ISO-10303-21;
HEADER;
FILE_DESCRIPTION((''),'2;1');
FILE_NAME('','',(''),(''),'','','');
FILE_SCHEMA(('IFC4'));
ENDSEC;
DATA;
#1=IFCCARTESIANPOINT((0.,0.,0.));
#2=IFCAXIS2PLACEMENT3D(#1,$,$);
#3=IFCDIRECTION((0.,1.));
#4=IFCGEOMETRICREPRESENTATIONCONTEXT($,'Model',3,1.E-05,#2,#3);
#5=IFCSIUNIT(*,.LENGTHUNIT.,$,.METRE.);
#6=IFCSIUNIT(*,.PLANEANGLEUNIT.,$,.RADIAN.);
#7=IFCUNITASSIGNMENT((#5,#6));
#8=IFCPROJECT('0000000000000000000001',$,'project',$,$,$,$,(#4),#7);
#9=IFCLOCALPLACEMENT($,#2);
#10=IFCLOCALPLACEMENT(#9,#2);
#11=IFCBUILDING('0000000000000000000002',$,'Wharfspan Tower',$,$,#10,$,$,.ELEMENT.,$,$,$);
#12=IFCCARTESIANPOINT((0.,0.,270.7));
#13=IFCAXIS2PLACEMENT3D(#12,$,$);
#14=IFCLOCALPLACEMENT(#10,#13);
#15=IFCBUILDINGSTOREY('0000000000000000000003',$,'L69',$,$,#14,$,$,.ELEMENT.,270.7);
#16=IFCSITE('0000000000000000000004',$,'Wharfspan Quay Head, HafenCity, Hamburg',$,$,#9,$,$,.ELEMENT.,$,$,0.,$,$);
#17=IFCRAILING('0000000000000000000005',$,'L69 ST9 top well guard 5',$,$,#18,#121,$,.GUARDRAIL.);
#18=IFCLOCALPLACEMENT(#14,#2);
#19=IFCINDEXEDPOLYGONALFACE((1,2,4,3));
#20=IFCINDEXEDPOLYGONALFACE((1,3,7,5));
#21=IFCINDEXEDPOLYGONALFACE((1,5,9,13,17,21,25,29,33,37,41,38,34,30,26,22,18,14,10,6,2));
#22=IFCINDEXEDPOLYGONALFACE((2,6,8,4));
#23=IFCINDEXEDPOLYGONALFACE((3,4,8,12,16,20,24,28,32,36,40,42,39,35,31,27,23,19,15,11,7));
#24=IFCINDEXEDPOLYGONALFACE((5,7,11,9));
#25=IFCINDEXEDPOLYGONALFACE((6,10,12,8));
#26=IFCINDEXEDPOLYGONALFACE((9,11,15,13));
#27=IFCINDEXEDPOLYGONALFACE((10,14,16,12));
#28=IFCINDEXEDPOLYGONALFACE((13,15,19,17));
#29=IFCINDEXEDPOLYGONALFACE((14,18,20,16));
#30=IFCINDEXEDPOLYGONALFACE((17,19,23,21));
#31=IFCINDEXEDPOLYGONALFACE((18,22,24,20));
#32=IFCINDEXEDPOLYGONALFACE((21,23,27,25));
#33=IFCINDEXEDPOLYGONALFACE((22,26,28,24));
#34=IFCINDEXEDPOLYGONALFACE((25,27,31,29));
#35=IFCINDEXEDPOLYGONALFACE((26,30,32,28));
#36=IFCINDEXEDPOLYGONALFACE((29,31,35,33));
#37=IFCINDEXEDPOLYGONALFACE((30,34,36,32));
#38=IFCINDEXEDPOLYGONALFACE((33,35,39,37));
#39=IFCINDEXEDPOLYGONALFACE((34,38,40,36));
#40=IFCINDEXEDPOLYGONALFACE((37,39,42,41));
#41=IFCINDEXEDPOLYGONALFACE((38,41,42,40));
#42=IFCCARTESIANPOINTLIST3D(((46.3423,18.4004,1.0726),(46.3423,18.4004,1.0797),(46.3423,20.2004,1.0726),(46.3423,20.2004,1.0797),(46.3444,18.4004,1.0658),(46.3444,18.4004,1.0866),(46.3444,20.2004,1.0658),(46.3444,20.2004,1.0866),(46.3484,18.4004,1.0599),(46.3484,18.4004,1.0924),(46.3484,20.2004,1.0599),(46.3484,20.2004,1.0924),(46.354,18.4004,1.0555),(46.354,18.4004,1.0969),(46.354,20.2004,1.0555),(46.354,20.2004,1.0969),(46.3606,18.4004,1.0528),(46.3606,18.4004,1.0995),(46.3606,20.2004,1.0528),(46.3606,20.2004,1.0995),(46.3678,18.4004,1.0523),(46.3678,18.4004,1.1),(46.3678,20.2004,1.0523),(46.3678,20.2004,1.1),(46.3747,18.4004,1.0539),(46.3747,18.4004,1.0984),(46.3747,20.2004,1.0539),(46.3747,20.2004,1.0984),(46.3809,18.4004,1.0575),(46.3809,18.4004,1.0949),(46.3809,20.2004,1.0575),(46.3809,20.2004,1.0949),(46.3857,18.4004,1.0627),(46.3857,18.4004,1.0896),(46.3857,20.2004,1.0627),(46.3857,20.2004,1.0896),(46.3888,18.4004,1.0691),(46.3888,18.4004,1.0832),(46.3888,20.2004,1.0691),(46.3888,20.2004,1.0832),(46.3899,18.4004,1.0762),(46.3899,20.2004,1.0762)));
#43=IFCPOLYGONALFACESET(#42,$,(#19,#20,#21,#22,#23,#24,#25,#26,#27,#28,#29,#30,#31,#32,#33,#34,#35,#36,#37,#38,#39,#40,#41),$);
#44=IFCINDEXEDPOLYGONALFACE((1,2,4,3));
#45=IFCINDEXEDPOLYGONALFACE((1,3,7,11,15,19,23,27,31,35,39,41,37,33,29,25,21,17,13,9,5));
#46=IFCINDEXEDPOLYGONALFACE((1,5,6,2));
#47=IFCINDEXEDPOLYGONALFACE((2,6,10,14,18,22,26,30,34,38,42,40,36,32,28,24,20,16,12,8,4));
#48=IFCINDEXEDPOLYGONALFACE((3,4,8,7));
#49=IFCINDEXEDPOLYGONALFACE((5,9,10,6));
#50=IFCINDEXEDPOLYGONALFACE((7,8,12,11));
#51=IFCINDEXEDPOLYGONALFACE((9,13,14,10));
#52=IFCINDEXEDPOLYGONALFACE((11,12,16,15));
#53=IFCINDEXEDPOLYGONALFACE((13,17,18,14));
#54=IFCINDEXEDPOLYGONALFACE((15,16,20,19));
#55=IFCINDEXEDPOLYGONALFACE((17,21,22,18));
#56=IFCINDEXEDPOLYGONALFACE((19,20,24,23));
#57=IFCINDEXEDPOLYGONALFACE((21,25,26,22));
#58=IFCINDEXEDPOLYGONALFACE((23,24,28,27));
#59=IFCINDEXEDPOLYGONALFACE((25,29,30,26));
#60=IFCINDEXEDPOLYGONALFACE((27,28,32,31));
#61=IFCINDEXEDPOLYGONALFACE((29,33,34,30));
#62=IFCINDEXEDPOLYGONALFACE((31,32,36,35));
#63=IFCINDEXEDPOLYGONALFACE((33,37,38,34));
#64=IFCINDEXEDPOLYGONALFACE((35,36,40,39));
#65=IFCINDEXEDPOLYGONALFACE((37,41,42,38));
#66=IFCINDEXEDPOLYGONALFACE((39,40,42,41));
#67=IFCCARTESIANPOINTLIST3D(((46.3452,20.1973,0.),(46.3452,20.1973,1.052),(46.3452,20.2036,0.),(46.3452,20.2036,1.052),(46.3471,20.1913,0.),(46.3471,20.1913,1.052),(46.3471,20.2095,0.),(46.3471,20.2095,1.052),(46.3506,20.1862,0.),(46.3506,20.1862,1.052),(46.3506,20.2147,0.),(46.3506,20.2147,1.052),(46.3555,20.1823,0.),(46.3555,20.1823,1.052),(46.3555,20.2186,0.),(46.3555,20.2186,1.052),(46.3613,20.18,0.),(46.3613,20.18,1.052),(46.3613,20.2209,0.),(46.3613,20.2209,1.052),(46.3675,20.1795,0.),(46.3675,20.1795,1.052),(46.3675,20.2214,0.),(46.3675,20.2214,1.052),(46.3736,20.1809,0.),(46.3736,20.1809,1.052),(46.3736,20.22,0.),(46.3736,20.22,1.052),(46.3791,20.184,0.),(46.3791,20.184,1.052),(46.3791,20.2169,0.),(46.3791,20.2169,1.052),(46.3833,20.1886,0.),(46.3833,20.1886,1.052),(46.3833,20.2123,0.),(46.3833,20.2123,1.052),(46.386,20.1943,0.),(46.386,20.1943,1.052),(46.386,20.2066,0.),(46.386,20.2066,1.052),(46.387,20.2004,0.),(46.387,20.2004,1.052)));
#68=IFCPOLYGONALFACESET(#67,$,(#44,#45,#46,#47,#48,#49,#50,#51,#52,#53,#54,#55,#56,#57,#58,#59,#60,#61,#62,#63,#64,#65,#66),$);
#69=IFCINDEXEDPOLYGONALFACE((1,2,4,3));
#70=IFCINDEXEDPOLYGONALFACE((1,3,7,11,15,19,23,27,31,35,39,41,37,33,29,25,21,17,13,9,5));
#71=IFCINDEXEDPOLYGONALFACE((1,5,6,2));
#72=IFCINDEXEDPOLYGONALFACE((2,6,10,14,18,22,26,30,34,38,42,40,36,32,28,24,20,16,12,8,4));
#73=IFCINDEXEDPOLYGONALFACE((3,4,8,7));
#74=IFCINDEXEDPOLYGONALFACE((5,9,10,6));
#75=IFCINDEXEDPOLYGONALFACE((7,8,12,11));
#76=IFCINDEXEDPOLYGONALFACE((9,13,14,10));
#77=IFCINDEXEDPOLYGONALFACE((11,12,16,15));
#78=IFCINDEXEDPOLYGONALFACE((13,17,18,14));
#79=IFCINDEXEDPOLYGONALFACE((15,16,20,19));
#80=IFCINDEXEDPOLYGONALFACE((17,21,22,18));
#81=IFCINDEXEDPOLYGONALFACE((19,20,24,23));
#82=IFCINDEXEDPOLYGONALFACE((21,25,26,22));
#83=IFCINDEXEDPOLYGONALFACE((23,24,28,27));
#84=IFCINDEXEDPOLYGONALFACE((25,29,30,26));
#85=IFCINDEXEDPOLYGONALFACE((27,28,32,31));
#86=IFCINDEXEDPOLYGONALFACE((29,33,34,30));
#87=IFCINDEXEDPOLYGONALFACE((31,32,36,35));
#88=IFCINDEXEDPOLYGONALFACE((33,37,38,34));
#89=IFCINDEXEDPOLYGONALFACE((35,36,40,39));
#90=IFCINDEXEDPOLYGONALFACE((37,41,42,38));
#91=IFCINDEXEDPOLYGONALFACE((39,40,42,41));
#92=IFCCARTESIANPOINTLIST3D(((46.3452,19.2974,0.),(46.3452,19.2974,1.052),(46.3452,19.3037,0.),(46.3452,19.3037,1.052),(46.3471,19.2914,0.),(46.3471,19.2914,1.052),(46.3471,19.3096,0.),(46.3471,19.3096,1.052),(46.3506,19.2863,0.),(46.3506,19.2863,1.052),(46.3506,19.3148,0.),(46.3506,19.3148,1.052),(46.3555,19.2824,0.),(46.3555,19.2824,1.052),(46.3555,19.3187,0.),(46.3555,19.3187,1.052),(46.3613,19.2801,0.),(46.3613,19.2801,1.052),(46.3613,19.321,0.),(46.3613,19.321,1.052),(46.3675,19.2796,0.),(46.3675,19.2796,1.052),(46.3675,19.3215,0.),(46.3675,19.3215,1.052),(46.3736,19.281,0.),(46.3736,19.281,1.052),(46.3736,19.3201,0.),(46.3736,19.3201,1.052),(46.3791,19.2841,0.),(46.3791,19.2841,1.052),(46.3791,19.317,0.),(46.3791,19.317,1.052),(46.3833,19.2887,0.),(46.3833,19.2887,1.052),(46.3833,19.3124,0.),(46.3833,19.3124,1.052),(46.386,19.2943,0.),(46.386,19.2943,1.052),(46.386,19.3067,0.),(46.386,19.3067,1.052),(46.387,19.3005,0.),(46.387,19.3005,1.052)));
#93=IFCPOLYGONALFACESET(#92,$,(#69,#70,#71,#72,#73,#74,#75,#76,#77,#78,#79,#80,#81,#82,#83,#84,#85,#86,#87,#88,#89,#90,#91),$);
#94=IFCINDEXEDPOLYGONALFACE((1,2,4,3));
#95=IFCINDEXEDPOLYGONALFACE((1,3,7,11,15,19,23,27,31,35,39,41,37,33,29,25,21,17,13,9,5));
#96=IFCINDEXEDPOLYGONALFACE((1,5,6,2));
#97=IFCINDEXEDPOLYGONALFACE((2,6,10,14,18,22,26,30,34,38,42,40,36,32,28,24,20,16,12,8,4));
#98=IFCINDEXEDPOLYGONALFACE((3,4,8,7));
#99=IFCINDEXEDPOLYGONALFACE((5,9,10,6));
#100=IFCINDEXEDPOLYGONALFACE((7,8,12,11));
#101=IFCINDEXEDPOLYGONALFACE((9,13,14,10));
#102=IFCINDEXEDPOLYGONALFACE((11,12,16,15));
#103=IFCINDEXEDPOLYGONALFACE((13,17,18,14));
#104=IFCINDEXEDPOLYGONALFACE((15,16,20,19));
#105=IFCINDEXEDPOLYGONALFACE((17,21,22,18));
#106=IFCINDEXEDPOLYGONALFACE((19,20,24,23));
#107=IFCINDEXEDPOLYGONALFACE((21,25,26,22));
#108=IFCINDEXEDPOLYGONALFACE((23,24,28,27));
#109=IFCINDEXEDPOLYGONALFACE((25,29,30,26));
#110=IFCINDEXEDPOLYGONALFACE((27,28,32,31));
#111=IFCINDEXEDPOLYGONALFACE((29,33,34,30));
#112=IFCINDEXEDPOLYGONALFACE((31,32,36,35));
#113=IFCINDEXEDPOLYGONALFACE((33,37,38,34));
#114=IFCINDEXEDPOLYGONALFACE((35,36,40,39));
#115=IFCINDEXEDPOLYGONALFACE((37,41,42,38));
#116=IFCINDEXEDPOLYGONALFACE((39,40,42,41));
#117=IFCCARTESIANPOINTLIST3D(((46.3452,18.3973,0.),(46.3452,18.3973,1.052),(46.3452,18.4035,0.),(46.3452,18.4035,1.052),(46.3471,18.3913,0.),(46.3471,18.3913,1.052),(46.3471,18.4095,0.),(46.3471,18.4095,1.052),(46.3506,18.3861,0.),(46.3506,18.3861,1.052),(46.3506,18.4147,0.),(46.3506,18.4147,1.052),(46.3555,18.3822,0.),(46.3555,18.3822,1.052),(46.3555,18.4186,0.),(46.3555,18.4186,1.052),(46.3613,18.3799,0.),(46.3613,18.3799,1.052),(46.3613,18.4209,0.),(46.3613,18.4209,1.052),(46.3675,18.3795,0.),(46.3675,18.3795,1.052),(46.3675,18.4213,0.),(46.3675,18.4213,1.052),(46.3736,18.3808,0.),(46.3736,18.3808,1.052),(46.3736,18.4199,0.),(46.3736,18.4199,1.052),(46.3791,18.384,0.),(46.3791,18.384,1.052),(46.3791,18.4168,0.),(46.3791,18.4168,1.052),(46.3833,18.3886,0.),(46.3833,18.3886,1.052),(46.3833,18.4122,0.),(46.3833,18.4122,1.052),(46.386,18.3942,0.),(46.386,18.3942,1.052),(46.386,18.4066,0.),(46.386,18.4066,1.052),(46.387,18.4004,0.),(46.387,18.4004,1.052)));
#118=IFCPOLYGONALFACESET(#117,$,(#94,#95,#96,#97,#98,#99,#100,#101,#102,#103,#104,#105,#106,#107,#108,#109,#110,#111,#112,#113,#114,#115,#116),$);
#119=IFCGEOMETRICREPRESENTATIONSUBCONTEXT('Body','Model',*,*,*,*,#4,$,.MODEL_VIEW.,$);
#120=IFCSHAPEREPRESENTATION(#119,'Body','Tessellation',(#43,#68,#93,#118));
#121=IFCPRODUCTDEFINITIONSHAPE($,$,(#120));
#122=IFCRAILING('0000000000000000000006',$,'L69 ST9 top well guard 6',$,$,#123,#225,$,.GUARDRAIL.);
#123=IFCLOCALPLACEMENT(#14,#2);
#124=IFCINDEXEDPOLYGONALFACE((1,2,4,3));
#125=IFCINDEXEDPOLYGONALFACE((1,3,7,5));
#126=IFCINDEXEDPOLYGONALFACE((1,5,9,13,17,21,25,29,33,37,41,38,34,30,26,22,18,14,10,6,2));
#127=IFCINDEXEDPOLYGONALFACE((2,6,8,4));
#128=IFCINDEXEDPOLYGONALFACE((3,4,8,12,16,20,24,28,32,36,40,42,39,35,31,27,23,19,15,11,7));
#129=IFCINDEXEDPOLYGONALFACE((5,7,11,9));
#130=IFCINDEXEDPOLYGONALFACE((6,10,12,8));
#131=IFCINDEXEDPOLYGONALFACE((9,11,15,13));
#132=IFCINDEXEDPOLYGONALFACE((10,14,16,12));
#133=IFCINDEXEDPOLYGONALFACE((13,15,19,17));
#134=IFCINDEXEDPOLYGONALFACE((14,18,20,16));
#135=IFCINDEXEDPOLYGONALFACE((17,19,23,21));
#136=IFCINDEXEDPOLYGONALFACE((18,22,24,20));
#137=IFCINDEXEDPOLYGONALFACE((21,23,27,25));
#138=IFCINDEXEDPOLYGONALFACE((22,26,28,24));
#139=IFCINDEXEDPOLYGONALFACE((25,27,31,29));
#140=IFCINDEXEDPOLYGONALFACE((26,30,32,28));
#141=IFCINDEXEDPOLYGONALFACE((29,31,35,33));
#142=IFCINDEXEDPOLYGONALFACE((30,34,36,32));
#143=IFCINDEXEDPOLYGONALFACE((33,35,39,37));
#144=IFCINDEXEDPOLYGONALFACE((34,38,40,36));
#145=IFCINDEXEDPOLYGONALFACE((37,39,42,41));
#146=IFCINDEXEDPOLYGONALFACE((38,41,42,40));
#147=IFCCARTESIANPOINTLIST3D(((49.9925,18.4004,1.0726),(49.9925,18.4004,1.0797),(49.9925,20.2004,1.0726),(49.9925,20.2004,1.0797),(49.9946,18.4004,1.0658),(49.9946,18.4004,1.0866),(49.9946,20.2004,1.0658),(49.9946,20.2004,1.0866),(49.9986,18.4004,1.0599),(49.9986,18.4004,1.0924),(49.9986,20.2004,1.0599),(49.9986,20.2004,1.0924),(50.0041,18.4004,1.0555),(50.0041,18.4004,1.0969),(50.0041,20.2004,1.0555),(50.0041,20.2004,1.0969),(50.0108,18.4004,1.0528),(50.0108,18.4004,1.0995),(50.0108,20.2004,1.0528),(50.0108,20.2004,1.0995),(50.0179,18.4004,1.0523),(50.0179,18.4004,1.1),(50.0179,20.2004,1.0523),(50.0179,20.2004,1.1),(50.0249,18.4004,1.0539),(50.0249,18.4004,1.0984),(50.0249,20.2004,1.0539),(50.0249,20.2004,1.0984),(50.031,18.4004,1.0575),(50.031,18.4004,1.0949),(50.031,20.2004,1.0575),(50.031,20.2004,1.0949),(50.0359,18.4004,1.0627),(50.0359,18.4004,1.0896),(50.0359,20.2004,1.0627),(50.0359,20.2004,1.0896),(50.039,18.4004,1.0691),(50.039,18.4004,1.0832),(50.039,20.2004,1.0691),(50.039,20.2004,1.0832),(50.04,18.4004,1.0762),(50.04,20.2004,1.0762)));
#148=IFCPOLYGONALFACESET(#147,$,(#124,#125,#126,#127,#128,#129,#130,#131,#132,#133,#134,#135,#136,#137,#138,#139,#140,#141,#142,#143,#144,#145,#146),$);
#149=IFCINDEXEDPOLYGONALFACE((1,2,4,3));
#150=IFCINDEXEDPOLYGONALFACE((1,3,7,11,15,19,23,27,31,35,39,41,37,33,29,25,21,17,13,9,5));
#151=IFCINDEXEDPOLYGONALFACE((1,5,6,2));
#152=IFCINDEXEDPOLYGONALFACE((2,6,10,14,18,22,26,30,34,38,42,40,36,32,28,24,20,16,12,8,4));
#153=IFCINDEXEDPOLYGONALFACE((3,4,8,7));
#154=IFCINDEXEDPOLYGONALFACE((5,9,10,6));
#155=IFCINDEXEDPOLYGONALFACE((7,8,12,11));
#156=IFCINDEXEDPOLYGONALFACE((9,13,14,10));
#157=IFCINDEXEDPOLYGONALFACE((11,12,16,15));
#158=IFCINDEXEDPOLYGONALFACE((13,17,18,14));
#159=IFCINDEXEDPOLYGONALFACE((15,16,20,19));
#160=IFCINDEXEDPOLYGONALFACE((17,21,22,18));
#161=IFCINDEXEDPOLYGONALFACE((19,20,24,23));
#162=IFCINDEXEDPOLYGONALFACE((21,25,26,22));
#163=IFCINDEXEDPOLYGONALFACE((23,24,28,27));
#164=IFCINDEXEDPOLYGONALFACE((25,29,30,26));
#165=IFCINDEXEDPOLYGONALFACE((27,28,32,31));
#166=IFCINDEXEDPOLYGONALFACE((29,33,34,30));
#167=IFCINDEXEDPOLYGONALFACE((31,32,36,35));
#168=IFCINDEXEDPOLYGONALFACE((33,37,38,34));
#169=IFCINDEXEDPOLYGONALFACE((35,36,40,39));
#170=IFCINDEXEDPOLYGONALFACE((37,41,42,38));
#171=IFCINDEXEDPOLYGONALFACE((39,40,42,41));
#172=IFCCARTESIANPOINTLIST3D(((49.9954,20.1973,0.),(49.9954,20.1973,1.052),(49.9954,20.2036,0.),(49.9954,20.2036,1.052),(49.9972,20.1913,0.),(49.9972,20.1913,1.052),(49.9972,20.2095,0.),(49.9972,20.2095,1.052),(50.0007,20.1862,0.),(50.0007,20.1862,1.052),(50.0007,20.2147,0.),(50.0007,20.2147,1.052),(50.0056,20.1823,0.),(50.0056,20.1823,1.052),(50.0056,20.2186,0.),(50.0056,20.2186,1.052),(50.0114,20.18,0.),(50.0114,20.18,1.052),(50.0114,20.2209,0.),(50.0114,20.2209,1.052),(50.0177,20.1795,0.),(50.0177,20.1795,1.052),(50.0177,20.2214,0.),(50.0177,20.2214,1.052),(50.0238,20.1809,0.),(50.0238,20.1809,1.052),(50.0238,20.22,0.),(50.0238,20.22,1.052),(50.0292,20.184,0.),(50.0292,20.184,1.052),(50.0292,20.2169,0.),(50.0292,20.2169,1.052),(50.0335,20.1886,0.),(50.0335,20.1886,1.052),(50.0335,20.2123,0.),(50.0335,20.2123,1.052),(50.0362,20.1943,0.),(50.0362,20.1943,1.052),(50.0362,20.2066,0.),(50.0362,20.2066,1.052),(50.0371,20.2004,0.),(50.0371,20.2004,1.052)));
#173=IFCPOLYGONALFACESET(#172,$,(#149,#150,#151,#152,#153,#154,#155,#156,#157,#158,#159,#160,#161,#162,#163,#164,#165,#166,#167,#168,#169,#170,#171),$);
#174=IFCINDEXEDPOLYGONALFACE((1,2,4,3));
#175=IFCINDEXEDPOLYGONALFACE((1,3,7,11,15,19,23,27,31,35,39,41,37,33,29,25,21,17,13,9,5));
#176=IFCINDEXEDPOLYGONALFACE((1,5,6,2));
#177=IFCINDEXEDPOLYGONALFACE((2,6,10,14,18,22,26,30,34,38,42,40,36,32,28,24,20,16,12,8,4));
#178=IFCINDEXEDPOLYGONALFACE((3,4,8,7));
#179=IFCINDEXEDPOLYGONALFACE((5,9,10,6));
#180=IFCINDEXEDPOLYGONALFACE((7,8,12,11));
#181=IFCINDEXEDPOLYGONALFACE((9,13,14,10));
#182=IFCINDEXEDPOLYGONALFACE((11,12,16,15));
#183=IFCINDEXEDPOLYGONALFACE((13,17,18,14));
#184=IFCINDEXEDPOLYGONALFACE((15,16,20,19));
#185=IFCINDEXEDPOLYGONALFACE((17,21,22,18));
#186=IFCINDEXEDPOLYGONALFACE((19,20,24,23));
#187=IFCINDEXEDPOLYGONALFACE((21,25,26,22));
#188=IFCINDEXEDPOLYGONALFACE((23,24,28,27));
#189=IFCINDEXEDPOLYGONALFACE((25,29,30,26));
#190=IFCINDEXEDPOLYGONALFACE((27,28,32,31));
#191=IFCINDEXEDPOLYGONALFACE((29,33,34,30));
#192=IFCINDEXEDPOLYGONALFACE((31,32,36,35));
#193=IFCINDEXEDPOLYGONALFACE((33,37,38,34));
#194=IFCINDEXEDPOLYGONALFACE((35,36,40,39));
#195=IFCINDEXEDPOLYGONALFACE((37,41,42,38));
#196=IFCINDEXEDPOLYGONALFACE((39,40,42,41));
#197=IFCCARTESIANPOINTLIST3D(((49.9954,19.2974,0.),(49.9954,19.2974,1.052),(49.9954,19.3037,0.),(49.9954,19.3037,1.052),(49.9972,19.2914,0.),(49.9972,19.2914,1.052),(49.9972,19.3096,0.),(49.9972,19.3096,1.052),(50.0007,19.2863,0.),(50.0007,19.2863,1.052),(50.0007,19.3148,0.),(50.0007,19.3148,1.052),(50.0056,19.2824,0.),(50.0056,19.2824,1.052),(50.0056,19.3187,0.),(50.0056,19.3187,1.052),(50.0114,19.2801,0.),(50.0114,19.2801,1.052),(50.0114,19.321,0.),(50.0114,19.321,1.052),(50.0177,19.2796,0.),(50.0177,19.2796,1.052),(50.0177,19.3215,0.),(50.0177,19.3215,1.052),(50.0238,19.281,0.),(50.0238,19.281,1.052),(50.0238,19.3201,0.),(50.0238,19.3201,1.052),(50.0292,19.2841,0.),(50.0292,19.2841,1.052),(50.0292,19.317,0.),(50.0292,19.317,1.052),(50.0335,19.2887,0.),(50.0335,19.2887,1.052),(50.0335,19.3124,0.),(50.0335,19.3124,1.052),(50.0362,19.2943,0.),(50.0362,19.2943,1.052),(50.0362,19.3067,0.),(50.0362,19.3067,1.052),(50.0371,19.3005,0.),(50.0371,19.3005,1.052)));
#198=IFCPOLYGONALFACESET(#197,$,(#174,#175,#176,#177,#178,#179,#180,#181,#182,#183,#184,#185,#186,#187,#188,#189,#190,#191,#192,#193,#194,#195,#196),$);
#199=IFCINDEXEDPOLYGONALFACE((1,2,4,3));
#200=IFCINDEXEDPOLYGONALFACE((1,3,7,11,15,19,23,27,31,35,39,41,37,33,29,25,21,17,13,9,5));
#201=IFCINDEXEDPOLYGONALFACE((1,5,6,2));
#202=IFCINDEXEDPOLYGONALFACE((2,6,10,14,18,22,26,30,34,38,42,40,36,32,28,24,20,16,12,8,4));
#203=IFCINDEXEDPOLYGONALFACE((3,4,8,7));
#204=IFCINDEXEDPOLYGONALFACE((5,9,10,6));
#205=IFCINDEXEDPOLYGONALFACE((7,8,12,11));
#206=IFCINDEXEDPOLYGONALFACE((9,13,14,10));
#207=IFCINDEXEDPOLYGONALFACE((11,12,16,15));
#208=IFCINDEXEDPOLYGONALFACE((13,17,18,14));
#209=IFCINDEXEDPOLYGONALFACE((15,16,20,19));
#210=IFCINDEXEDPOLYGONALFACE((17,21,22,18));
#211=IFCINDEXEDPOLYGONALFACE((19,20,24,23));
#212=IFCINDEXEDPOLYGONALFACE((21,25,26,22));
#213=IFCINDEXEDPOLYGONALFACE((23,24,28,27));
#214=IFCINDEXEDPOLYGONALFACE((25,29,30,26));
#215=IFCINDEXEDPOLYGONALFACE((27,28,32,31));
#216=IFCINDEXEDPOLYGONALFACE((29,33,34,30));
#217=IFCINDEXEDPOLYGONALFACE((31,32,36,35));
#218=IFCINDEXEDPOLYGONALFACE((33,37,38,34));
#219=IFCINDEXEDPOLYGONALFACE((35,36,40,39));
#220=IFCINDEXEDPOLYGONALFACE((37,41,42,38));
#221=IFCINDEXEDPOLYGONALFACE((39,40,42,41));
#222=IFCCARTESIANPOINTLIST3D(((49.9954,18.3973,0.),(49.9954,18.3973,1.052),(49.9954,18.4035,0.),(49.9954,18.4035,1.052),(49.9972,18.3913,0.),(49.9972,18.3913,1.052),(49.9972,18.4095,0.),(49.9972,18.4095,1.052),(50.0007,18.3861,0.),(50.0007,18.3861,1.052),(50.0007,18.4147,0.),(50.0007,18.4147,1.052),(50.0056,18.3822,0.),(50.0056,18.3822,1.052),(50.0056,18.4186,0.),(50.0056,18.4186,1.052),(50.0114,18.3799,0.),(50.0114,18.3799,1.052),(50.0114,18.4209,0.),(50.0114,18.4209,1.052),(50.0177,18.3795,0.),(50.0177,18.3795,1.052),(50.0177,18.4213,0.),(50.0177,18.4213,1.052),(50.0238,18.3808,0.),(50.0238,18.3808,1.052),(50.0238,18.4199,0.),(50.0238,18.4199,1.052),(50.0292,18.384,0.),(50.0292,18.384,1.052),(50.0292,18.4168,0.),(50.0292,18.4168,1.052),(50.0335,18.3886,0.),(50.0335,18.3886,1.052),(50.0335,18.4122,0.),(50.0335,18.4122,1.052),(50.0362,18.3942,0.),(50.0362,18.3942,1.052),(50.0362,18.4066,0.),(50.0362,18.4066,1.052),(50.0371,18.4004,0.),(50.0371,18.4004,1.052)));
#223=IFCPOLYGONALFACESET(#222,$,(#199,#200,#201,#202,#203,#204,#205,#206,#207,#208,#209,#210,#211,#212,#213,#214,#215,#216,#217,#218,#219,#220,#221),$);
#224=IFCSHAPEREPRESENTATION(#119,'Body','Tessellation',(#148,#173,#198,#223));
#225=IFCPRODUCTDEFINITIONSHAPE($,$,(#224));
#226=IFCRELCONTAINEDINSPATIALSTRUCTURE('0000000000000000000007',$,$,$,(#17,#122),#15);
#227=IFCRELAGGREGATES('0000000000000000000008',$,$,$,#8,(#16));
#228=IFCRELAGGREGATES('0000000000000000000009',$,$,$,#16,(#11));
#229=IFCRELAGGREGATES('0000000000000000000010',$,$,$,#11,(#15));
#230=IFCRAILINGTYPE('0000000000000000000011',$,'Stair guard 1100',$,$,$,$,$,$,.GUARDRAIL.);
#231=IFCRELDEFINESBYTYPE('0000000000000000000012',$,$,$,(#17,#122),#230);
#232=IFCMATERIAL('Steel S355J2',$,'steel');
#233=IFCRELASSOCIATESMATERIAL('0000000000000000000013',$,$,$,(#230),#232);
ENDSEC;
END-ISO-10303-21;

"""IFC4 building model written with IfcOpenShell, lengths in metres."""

from ifc_helpers import new_model, si_unit, direction, frame, origin, origin_2d, place, context, subcontext, project, spatial, circle, extrude, material, type_object, element, save


model = new_model("IFC4")

# Units and contexts
model_context = context("Model", 3, precision=1e-05, world=origin(), true_north=direction((0.0, 1.0)))
body_context = subcontext(model_context, "Body", "Model", "MODEL_VIEW")
ifc_project = project(units=[si_unit("LENGTHUNIT", "METRE"), si_unit("PLANEANGLEUNIT", "RADIAN")], contexts=[model_context])

# Site, building, storey
site_placement = place(None, origin())
site = spatial("IfcSite", under=ifc_project, at=site_placement, Name="Wharfspan Quay Head, HafenCity, Hamburg", CompositionType="ELEMENT", RefElevation=0.0)
building_placement = place(site_placement, origin())
building = spatial("IfcBuilding", under=site, at=building_placement, Name="Wharfspan Tower", CompositionType="ELEMENT")
storey_placement = place(building_placement, frame((0.0, 0.0, 270.7)))
storey = spatial("IfcBuildingStorey", under=building, at=storey_placement, Name="L69", CompositionType="ELEMENT", Elevation=270.7)

# Shared definitions
ifc_material_1 = material(Name="Steel S355J2", Category="steel")

# Railings
railing_type_1 = type_object("IfcRailingType", Name="Stair guard 1100", PredefinedType="GUARDRAIL", material=ifc_material_1)
for number, where, name in (
    (1, (46.366, 20.2004, 0.0), "L69 ST9 top well guard 5"),
    (2, (50.0161, 20.2004, 0.0), "L69 ST9 top well guard 6"),
):
    element("IfcRailing", number, at=place(storey_placement, frame(where)), inside=storey, type_object=railing_type_1, Name=name, PredefinedType="GUARDRAIL", context=body_context, shape_type="SweptSolid", body=[
        extrude(circle(Radius=0.0239, at=origin_2d()), frame((0.0, 0.0, 1.0762), z_axis=(0.0, -1.0, 0.0), x_axis=(1.0, 0.0, 0.0)), (0.0, 0.0, 1.0), 1.8),
        extrude(circle(Radius=0.021, at=origin_2d()), origin(), (0.0, 0.0, 1.0), 1.052),
        extrude(circle(Radius=0.021, at=origin_2d()), frame((0.0, -0.8999, 0.0)), (0.0, 0.0, 1.0), 1.052),
        extrude(circle(Radius=0.021, at=origin_2d()), frame((0.0, -1.8, 0.0)), (0.0, 0.0, 1.0), 1.052),
    ])

save(model, "model.ifc")
